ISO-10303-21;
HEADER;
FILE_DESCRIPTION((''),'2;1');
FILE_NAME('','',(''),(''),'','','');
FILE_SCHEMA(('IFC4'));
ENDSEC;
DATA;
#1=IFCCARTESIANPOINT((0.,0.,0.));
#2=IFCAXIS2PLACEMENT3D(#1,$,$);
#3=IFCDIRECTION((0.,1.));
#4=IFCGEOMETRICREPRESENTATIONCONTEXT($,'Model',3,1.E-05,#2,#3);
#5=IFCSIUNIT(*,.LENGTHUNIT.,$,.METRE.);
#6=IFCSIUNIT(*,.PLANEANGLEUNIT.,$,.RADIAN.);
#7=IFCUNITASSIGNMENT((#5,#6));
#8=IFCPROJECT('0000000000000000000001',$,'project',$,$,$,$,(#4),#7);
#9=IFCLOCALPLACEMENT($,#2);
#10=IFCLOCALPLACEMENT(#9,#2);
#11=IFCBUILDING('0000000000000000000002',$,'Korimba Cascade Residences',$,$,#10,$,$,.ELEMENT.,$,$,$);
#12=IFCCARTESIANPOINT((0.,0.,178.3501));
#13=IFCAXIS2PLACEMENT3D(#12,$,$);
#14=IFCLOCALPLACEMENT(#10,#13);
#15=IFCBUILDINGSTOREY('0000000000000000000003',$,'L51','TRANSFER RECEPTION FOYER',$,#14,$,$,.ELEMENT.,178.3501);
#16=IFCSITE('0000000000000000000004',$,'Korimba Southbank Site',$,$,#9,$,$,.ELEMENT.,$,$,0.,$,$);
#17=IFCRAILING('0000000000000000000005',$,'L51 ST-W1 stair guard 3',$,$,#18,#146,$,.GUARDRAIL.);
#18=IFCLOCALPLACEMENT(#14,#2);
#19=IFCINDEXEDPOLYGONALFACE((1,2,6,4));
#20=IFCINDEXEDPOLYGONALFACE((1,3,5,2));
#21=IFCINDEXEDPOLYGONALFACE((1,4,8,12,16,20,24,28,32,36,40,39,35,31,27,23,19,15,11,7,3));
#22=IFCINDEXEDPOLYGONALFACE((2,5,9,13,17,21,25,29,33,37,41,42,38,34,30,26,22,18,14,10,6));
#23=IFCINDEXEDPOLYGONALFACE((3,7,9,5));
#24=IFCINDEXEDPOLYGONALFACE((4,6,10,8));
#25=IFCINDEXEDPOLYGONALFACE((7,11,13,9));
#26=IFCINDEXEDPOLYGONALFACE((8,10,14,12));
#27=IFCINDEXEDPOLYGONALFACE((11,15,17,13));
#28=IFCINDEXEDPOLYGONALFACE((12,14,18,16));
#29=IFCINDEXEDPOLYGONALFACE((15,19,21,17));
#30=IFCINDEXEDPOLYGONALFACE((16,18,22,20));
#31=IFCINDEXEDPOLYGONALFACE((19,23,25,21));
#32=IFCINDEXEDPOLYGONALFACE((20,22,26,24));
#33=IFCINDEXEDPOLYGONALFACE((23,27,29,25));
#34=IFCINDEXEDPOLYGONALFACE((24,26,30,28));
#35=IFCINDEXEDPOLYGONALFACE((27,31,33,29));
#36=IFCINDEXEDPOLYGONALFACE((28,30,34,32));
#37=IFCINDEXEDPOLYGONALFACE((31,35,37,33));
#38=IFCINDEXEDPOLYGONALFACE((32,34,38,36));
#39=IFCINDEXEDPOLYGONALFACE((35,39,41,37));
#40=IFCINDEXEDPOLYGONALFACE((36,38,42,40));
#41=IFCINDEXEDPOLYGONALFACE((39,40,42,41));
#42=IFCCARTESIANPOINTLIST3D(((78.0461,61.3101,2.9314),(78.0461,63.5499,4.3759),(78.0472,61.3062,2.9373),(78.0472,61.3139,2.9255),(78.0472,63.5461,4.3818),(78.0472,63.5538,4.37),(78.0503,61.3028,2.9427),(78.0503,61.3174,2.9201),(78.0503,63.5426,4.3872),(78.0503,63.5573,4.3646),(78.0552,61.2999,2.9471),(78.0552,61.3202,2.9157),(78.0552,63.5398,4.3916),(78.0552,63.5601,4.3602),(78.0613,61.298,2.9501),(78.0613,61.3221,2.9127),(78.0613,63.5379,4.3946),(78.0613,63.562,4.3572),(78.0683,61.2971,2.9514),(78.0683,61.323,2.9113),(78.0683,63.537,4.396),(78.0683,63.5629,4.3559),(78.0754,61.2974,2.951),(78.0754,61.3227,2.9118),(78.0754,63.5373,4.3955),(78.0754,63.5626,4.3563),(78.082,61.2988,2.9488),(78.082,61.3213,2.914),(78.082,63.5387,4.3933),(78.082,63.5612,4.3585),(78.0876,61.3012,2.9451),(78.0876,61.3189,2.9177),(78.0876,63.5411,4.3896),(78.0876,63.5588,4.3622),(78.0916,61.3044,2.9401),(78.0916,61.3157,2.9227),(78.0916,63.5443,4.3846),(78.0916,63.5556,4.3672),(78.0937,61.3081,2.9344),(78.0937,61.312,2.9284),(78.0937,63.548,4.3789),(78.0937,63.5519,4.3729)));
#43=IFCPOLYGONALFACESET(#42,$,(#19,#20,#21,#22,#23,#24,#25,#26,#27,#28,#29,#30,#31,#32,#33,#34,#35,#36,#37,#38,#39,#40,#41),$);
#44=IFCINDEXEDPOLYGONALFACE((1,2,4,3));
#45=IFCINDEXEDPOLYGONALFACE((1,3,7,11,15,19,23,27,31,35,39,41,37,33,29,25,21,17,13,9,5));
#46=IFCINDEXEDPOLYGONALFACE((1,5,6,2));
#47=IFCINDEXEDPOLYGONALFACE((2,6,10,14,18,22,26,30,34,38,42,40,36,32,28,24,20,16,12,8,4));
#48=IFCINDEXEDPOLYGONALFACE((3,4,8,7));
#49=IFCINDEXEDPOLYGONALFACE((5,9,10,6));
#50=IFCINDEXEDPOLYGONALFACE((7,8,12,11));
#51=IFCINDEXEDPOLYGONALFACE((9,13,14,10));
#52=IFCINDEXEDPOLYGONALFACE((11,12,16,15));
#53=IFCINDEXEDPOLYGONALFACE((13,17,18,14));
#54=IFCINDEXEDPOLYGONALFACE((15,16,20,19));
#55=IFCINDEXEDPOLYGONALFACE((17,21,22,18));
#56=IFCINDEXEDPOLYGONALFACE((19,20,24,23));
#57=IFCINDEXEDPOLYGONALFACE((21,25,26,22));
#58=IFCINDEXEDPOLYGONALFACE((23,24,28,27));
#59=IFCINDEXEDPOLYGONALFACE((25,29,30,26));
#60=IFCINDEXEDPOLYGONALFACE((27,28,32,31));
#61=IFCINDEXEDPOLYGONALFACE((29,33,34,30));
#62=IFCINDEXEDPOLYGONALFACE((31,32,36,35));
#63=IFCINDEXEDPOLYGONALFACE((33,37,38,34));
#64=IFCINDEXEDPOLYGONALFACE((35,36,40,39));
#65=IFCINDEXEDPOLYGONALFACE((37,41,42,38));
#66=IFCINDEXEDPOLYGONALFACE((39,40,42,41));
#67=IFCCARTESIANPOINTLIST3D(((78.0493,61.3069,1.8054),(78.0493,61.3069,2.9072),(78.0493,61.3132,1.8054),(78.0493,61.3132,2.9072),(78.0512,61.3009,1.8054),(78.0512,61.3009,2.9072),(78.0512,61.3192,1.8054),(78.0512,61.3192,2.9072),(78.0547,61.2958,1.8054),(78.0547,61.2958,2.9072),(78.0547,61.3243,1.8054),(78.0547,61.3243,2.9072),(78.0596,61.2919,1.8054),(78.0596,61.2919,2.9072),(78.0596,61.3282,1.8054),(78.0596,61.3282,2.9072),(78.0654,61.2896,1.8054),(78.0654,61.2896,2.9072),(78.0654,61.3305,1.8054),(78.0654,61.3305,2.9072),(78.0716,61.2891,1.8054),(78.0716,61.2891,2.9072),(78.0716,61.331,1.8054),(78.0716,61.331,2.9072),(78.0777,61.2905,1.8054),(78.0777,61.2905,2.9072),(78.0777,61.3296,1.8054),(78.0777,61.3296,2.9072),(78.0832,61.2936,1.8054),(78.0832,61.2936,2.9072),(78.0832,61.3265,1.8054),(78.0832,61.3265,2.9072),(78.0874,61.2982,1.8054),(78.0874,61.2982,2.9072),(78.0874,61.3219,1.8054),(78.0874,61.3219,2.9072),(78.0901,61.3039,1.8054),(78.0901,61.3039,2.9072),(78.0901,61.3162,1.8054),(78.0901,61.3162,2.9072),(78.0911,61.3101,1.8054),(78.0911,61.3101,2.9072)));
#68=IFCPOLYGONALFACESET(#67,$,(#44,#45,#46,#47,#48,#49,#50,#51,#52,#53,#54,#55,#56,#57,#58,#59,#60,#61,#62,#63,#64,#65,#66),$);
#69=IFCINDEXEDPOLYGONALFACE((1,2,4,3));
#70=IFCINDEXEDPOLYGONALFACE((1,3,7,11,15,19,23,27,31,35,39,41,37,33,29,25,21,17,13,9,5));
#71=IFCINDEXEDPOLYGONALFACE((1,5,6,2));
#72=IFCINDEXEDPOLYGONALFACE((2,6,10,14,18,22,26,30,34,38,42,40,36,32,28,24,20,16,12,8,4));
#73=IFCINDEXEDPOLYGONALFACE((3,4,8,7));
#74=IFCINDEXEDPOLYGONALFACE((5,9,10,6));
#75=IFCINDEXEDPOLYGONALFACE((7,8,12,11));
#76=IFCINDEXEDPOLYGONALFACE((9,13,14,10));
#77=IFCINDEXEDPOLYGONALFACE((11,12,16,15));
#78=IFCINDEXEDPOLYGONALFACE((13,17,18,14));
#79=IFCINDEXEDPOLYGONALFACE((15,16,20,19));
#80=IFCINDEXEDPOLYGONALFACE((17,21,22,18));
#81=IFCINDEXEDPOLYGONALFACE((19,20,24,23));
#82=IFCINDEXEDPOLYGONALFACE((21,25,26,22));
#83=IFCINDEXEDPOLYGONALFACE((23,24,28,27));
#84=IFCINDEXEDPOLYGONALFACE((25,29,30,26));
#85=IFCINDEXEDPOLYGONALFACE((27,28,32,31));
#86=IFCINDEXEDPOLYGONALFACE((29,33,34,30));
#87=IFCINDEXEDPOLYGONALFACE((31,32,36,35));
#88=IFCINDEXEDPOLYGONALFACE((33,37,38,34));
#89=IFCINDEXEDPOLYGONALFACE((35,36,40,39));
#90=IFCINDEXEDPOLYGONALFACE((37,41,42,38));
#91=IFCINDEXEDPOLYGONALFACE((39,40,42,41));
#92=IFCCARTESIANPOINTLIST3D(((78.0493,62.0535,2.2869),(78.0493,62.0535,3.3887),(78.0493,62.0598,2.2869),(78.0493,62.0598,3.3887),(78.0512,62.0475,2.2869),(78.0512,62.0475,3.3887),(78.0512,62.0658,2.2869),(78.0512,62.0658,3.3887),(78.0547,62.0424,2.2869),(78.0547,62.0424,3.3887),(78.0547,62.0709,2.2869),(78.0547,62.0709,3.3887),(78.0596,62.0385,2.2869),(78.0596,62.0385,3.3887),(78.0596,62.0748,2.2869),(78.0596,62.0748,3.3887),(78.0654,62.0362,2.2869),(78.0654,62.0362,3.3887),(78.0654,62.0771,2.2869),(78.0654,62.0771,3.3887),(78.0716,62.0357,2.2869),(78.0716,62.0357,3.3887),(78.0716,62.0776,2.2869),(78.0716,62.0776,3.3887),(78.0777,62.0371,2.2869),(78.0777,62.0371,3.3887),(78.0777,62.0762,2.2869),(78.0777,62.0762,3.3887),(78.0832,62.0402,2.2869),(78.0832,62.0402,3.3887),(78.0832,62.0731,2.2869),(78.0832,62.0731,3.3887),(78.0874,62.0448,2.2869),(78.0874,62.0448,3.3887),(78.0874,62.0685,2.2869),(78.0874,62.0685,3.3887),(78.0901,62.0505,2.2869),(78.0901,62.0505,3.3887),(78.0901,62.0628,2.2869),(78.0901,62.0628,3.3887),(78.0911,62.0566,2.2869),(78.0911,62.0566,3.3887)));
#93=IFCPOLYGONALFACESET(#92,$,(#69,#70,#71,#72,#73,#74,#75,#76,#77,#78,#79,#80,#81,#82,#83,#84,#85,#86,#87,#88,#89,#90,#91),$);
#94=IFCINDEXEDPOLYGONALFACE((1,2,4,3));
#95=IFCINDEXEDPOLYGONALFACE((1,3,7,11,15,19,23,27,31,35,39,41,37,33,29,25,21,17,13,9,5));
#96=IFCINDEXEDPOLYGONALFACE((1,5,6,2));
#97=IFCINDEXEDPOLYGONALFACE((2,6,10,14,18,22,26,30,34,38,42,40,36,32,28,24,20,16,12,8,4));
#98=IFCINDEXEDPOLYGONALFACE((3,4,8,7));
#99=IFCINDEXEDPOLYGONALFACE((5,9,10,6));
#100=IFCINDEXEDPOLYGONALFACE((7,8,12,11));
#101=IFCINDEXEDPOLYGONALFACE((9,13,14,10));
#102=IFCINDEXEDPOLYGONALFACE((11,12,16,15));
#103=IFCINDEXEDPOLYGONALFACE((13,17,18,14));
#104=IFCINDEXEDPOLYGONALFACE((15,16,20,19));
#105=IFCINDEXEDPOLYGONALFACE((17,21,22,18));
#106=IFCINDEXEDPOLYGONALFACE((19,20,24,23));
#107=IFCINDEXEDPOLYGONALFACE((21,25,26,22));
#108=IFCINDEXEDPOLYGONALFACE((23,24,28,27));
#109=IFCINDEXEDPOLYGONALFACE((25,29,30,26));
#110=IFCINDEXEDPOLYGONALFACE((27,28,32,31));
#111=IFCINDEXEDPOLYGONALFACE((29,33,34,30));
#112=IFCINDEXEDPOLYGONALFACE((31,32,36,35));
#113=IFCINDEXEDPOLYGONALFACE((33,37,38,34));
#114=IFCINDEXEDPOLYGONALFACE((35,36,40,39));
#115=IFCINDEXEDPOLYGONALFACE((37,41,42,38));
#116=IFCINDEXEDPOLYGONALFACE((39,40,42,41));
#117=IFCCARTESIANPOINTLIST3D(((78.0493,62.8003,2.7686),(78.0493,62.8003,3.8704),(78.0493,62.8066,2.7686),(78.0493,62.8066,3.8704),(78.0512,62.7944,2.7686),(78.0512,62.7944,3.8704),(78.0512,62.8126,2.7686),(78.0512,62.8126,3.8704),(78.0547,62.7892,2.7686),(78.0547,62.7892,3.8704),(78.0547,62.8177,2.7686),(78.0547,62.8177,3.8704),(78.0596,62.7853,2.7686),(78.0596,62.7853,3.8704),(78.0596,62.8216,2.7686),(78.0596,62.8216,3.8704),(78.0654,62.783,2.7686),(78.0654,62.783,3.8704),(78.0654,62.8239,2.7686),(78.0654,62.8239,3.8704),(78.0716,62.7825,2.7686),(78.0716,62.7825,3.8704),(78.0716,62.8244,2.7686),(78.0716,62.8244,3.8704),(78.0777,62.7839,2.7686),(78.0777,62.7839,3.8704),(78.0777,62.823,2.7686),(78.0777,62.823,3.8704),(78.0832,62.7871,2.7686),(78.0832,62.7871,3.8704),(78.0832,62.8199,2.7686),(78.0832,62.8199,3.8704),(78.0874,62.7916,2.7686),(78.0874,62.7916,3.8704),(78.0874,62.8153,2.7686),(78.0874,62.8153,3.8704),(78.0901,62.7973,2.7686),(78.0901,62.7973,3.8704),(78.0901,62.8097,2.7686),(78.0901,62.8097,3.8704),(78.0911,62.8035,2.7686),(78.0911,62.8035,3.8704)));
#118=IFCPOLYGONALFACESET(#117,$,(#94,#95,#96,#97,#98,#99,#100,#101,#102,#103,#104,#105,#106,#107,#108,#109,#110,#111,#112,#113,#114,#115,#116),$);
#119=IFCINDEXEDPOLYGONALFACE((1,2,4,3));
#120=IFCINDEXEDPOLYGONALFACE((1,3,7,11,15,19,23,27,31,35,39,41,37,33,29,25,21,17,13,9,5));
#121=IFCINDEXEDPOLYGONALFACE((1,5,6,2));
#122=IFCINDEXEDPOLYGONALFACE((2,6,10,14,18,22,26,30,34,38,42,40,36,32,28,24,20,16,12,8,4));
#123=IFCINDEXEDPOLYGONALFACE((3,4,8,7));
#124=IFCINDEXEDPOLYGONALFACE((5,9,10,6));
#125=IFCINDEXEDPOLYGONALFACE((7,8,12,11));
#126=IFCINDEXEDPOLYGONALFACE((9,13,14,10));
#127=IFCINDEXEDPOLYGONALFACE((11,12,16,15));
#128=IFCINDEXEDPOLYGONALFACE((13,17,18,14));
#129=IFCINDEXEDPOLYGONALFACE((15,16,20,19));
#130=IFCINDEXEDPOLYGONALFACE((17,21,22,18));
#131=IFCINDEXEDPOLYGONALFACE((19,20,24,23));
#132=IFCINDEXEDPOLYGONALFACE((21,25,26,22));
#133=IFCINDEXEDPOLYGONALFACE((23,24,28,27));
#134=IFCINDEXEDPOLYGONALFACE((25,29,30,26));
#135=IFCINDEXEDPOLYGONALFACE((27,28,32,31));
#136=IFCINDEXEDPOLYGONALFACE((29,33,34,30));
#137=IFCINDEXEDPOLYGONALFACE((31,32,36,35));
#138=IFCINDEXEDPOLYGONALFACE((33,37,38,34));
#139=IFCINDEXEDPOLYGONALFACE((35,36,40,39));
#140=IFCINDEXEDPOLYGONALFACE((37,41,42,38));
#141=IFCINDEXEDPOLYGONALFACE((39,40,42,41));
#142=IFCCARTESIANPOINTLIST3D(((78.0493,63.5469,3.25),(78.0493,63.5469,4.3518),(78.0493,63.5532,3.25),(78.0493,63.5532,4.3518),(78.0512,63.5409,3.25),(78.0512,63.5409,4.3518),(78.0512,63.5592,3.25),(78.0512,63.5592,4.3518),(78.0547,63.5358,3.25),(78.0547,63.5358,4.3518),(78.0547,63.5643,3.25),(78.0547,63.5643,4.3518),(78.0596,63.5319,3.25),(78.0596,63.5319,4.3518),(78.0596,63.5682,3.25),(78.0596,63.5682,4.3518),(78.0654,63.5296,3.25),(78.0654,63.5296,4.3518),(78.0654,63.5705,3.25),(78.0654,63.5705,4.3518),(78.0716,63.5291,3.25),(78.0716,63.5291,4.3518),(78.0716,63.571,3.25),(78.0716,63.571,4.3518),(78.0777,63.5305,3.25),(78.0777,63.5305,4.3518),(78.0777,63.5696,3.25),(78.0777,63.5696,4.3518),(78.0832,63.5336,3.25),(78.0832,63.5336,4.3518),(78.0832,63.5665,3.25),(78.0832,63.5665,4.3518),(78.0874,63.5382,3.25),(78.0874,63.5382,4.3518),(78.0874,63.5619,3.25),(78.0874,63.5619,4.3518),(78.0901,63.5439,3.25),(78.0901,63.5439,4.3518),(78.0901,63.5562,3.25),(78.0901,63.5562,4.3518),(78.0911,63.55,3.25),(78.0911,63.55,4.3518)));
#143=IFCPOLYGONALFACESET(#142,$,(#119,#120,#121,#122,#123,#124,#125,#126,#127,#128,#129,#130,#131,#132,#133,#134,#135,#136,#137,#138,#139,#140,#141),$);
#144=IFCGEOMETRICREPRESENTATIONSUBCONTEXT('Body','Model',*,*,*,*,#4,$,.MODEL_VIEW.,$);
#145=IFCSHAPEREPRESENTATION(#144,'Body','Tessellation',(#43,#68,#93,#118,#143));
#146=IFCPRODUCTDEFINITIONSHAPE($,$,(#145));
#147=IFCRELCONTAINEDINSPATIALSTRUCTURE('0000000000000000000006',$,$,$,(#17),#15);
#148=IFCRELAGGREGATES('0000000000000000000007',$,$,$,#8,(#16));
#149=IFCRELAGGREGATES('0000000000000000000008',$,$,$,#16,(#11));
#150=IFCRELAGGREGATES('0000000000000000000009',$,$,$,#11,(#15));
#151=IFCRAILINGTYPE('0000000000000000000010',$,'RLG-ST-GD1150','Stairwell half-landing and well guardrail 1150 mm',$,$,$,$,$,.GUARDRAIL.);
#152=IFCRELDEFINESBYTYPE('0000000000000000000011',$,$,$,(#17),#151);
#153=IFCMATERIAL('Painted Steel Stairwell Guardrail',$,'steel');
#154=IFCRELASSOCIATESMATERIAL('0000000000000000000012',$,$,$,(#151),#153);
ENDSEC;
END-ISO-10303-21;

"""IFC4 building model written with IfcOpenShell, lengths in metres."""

from ifc_helpers import new_model, si_unit, direction, frame, origin, origin_2d, place, context, subcontext, project, spatial, circle, extrude, material, type_object, element, save


model = new_model("IFC4")

# Units and contexts
model_context = context("Model", 3, precision=1e-05, world=origin(), true_north=direction((0.0, 1.0)))
body_context = subcontext(model_context, "Body", "Model", "MODEL_VIEW")
ifc_project = project(units=[si_unit("LENGTHUNIT", "METRE"), si_unit("PLANEANGLEUNIT", "RADIAN")], contexts=[model_context])

# Site, building, storey
site_placement = place(None, origin())
site = spatial("IfcSite", under=ifc_project, at=site_placement, Name="Korimba Southbank Site", CompositionType="ELEMENT", RefElevation=0.0)
building_placement = place(site_placement, origin())
building = spatial("IfcBuilding", under=site, at=building_placement, Name="Korimba Cascade Residences", CompositionType="ELEMENT")
storey_placement = place(building_placement, frame((0.0, 0.0, 178.3501)))
storey = spatial("IfcBuildingStorey", under=building, at=storey_placement, Name="L51", Description="TRANSFER RECEPTION FOYER", CompositionType="ELEMENT", Elevation=178.3501)

# Railing
ifc_material_1 = material(Name="Painted Steel Stairwell Guardrail", Category="steel")
railing_type_1 = type_object("IfcRailingType", Name="RLG-ST-GD1150", Description="Stairwell half-landing and well guardrail 1150 mm", PredefinedType="GUARDRAIL", material=ifc_material_1)
railing_1_placement = place(storey_placement, frame((78.0701, 61.3101, 1.8054)))
element("IfcRailing", 1, at=railing_1_placement, inside=storey, type_object=railing_type_1, Name="L51 ST-W1 stair guard 3", PredefinedType="GUARDRAIL", context=body_context, shape_type="SweptSolid", body=[
    extrude(circle(Radius=0.0239, at=origin_2d()), frame((0.0, 0.0, 1.126), z_axis=(0.0, 0.840395, 0.541975), x_axis=(-1.0, 0.0, 0.0)), (0.0, 0.0, 1.0), 2.6653),
    extrude(circle(Radius=0.021, at=origin_2d()), origin(), (0.0, 0.0, 1.0), 1.1018),
    extrude(circle(Radius=0.021, at=origin_2d()), frame((0.0, 0.7466, 0.4814)), (0.0, 0.0, 1.0), 1.1018),
    extrude(circle(Radius=0.021, at=origin_2d()), frame((0.0, 1.4934, 0.9631)), (0.0, 0.0, 1.0), 1.1018),
    extrude(circle(Radius=0.021, at=origin_2d()), frame((0.0, 2.24, 1.4446)), (0.0, 0.0, 1.0), 1.1018),
])

save(model, "model.ifc")
